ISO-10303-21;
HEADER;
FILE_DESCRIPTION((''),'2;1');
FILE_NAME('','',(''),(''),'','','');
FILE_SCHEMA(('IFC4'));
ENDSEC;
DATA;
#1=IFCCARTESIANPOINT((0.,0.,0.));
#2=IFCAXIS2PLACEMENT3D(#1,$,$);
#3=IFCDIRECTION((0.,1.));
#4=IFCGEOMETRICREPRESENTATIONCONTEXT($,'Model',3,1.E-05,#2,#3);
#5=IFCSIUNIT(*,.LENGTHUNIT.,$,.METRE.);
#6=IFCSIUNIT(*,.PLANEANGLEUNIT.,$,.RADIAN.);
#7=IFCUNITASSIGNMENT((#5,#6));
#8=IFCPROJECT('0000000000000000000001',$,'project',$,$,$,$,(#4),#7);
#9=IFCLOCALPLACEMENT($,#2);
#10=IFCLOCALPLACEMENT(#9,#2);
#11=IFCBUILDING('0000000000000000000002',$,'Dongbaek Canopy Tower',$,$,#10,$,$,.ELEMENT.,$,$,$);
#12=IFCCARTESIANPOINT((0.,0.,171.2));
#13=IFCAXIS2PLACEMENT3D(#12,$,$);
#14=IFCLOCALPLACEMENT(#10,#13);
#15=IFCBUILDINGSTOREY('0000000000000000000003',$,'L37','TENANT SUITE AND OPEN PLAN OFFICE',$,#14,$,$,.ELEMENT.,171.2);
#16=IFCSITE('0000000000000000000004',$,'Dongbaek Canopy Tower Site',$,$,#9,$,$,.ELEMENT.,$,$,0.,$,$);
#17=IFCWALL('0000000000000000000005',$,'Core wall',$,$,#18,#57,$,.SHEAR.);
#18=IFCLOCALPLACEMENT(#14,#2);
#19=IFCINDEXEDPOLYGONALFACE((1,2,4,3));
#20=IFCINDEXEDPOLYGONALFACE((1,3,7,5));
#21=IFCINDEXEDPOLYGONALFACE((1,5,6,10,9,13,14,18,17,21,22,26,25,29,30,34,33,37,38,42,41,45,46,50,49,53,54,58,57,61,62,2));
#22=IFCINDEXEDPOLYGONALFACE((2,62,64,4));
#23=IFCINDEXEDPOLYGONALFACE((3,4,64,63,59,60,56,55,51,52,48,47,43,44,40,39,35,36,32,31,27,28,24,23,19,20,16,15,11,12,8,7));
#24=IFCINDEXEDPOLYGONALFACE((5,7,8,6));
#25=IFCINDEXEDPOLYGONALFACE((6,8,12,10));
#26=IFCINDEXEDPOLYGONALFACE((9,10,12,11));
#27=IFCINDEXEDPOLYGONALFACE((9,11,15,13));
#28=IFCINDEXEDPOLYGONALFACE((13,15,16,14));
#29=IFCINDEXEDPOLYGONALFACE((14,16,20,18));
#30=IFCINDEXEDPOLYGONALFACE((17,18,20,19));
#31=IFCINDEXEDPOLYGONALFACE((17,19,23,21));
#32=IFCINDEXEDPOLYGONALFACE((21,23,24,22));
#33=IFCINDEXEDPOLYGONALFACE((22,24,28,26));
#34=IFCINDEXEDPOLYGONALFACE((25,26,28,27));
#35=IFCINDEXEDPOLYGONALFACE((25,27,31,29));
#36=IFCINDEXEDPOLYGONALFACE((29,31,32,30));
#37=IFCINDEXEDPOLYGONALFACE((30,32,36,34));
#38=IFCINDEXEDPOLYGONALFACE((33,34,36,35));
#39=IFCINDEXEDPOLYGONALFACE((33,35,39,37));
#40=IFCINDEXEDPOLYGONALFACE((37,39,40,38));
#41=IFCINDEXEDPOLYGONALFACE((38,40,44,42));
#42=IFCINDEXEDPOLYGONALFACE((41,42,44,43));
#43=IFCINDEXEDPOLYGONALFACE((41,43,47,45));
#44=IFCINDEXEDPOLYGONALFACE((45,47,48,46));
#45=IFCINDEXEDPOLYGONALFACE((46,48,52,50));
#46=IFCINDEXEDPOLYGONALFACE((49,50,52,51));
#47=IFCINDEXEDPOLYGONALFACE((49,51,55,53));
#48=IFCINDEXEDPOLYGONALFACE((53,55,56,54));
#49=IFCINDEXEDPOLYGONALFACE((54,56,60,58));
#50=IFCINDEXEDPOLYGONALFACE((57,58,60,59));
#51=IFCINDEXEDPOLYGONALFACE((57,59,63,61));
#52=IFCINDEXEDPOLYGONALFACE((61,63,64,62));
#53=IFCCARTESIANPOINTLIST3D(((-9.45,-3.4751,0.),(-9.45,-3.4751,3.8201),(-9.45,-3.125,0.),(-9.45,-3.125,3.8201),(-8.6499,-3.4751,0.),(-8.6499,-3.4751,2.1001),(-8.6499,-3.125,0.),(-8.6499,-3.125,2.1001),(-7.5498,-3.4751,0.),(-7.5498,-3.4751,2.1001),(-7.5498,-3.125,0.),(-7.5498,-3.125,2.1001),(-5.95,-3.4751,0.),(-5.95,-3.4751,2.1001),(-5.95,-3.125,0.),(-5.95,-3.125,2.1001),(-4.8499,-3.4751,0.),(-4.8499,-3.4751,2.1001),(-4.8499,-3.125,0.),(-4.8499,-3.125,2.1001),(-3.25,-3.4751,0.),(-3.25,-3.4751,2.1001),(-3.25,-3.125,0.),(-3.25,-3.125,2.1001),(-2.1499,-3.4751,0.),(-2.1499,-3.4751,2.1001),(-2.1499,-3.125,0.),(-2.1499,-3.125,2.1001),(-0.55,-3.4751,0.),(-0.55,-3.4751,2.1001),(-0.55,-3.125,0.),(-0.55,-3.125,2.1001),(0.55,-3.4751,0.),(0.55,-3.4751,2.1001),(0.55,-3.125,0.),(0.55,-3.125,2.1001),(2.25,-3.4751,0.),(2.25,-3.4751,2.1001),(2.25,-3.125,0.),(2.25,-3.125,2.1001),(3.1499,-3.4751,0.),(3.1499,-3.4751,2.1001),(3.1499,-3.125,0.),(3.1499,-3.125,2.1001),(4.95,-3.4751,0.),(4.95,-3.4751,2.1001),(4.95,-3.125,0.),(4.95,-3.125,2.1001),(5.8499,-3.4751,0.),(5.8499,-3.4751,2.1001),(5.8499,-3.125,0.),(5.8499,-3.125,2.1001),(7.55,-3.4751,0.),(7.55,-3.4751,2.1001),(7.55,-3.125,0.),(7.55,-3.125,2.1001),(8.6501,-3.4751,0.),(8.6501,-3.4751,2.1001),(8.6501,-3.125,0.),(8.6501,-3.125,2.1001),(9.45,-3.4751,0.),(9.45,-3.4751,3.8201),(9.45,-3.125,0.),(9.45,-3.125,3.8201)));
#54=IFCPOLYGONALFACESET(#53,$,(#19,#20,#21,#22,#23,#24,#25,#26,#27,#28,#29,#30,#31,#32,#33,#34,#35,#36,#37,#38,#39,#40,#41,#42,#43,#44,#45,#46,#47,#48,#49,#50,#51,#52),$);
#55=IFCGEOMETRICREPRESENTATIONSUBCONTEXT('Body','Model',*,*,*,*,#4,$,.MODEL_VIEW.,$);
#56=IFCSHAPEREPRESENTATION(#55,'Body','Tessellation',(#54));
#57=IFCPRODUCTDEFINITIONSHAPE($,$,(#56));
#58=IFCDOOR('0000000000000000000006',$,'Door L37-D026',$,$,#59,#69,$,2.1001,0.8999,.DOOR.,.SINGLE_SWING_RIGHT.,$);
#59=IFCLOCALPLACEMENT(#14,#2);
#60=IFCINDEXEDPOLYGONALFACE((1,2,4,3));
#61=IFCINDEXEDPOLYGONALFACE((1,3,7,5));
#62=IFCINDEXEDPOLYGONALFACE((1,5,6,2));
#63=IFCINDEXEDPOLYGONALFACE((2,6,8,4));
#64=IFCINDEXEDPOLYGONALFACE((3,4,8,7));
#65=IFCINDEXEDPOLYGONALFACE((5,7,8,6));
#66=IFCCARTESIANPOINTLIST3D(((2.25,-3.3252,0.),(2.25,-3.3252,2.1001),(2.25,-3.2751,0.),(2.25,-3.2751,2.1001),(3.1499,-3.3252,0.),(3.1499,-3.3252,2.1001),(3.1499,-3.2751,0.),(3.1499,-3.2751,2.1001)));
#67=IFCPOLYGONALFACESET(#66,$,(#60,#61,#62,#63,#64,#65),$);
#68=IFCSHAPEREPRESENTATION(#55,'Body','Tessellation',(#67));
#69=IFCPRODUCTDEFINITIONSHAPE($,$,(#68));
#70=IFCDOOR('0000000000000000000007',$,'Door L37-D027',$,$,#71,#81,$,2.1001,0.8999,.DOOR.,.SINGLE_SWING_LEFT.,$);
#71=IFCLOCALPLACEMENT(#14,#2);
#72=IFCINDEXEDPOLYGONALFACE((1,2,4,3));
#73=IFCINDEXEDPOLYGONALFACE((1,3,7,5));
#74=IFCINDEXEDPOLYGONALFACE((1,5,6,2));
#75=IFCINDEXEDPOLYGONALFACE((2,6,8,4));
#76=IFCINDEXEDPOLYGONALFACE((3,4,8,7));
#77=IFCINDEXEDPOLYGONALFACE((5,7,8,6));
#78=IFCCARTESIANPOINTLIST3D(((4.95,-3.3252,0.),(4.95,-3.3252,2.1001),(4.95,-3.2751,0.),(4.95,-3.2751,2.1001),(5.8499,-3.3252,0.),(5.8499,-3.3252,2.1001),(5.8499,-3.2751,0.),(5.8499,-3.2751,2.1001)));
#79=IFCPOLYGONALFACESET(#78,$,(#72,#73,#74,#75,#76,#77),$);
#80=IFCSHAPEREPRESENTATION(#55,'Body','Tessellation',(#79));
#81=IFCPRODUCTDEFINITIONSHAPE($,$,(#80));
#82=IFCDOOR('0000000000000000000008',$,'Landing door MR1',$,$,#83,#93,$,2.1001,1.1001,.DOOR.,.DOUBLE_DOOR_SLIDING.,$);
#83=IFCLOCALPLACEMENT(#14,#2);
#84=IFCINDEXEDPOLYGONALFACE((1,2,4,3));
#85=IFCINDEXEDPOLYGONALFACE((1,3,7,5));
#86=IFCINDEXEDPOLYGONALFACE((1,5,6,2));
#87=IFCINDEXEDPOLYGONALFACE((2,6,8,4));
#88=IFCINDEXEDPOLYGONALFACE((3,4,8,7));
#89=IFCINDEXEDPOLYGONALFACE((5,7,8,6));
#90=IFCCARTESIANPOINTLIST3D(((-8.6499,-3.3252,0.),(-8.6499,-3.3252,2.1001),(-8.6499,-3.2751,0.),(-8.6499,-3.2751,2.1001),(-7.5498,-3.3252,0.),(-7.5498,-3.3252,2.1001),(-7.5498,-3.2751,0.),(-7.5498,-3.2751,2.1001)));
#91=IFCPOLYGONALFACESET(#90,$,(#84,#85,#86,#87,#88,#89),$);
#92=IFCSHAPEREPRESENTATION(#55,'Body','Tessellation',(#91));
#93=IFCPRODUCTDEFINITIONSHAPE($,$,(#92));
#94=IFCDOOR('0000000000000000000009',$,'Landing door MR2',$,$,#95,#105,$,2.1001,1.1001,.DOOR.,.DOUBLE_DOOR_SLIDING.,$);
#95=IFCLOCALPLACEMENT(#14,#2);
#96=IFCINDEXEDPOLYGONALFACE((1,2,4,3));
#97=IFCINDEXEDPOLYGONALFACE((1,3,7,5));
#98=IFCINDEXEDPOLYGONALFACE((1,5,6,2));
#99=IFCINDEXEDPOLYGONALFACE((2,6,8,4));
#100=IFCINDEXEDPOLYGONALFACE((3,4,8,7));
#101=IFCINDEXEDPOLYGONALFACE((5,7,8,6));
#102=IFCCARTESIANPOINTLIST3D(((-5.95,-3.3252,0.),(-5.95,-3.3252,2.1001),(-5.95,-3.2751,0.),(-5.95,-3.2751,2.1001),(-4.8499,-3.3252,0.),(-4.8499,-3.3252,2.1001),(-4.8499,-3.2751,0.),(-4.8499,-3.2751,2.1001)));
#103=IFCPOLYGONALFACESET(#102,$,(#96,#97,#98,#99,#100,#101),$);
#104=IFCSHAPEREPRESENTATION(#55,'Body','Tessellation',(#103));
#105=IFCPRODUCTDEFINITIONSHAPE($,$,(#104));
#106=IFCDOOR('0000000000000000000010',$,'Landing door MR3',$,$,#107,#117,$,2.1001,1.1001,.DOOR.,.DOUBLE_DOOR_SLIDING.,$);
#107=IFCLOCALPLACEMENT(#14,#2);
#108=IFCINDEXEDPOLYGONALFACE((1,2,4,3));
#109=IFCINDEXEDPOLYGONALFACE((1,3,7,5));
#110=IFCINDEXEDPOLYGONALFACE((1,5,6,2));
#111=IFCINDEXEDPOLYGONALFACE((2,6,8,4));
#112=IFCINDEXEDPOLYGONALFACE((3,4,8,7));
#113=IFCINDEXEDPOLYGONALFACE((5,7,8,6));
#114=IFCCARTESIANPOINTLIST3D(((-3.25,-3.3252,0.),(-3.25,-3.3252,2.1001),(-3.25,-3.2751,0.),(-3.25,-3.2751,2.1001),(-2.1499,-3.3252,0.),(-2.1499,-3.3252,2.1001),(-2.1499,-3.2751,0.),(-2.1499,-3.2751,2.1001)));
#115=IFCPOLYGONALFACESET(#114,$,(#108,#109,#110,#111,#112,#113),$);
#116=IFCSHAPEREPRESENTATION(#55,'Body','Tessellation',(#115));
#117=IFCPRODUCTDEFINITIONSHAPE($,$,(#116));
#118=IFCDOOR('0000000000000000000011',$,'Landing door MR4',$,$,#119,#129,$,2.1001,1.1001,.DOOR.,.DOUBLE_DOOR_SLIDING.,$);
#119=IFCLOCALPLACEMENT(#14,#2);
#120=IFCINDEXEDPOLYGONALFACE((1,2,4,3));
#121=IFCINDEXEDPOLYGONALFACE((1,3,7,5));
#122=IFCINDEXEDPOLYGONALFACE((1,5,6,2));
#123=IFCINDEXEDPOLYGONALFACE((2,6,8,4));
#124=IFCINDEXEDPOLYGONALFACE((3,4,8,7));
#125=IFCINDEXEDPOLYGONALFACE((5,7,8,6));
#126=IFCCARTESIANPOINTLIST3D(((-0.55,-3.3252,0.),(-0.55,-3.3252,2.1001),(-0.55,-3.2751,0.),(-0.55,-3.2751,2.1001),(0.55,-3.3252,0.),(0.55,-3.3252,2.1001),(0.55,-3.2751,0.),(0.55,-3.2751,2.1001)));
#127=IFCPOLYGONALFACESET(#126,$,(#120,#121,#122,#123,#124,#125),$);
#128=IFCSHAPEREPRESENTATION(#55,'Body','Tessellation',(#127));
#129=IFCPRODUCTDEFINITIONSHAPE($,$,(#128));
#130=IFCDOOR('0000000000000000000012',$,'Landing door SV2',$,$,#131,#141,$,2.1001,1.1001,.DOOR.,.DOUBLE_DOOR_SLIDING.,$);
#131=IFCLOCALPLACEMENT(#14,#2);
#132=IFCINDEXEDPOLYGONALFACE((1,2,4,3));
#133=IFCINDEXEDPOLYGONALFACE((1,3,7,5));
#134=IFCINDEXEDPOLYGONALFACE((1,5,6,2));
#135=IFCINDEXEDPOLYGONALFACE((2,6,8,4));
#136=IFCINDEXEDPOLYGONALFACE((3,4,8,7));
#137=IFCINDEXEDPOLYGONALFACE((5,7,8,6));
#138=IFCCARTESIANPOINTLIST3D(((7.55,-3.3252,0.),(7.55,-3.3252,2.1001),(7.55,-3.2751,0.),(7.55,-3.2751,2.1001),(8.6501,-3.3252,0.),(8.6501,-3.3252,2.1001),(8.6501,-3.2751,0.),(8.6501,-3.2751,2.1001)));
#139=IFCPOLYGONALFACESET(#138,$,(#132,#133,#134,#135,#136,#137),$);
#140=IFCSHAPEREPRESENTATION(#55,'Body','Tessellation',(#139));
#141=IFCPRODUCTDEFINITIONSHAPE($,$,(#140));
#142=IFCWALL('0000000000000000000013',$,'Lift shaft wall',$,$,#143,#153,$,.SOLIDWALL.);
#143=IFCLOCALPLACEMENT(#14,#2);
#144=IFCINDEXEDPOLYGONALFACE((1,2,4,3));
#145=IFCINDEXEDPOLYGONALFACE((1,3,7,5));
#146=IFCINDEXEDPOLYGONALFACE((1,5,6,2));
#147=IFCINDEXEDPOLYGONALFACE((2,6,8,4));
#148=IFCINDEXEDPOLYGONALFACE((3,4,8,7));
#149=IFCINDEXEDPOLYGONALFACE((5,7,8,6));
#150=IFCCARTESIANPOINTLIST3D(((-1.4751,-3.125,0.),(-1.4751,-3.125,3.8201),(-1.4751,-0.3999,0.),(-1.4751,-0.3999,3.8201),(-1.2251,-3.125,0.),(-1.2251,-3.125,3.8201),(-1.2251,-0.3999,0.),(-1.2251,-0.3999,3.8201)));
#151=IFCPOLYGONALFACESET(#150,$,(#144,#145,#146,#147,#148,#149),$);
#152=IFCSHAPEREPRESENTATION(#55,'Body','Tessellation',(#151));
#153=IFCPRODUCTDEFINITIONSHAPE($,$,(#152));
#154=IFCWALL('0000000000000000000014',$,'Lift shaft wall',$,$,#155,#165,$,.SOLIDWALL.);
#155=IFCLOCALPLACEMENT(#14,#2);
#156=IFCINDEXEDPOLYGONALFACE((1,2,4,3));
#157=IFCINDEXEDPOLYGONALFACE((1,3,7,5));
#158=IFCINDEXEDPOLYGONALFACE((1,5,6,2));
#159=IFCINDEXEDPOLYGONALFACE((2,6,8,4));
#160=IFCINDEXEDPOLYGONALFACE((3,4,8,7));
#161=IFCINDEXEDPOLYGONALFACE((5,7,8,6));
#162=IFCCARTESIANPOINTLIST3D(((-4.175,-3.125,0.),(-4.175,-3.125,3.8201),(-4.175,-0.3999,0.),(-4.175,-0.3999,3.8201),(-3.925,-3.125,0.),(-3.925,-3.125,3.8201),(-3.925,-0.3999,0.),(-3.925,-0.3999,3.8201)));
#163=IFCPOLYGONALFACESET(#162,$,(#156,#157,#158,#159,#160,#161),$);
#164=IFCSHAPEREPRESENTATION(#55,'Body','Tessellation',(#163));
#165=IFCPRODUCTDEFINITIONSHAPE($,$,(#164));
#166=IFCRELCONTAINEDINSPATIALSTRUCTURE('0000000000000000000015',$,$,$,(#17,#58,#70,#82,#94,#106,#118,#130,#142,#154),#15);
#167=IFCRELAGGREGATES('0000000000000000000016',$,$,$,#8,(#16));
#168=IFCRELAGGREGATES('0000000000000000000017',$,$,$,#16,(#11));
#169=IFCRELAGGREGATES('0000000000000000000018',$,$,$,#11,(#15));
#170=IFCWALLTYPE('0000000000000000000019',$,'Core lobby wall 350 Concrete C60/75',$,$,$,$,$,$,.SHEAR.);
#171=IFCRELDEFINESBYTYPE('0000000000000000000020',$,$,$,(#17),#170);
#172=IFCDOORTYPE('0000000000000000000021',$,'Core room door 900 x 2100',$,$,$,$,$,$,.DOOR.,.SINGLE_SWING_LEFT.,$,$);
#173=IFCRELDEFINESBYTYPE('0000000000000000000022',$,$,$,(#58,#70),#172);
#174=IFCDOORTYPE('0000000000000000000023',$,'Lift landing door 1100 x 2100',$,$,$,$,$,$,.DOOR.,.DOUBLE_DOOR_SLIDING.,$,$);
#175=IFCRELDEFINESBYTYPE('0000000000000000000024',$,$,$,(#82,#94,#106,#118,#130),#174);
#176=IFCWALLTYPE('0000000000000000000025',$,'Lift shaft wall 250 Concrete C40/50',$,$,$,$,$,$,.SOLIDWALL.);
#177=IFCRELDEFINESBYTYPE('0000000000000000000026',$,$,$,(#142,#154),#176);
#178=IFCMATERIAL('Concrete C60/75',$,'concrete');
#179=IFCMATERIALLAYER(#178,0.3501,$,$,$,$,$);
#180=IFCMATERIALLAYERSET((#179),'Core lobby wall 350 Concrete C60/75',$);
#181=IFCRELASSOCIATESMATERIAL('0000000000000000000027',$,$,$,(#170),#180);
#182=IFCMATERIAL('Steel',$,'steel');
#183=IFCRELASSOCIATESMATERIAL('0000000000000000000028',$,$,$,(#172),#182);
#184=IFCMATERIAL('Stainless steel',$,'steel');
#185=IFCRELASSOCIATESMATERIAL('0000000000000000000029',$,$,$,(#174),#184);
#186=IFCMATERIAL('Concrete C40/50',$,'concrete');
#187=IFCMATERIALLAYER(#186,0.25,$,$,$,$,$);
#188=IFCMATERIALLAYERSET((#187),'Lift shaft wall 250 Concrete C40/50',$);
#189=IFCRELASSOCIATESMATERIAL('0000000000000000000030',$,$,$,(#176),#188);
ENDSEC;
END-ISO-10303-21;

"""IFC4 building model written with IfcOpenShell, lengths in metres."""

from ifc_helpers import new_model, si_unit, direction, frame, frame_2d, origin, place, context, subcontext, project, spatial, rectangle, extrude, material, layer, layer_set, type_object, element, fill, save


model = new_model("IFC4")

# Units and contexts
model_context = context("Model", 3, precision=1e-05, world=origin(), true_north=direction((0.0, 1.0)))
body_context = subcontext(model_context, "Body", "Model", "MODEL_VIEW")
ifc_project = project(units=[si_unit("LENGTHUNIT", "METRE"), si_unit("PLANEANGLEUNIT", "RADIAN")], contexts=[model_context])

# Site, building, storey
site_placement = place(None, origin())
site = spatial("IfcSite", under=ifc_project, at=site_placement, Name="Dongbaek Canopy Tower Site", CompositionType="ELEMENT", RefElevation=0.0)
building_placement = place(site_placement, origin())
building = spatial("IfcBuilding", under=site, at=building_placement, Name="Dongbaek Canopy Tower", CompositionType="ELEMENT")
storey_placement = place(building_placement, frame((0.0, 0.0, 171.2)))
storey = spatial("IfcBuildingStorey", under=building, at=storey_placement, Name="L37", Description="TENANT SUITE AND OPEN PLAN OFFICE", CompositionType="ELEMENT", Elevation=171.2)

# Wall, openings, doors
ifc_material_1 = material(Name="Concrete C60/75", Category="concrete")
ifc_layer_1 = layer(ifc_material_1, 0.3501)
ifc_layer_set_1 = layer_set([ifc_layer_1], Name="Core lobby wall 350 Concrete C60/75")
wall_type_1 = type_object("IfcWallType", Name="Core lobby wall 350 Concrete C60/75", PredefinedType="SHEAR", material=ifc_layer_set_1)
wall_1_placement = place(storey_placement, frame((-9.45, -3.3, 0.0), z_axis=(0.0, 0.0, 1.0), x_axis=(1.0, 0.0, 0.0)))
wall_1 = element("IfcWall", 1, at=wall_1_placement, inside=storey, type_object=wall_type_1, Name="Core wall", PredefinedType="SHEAR", context=body_context, shape_type="SweptSolid", body=[
    extrude(rectangle(XDim=18.8999, YDim=0.3501, at=frame_2d((9.45, 0.0))), origin(), (0.0, 0.0, 1.0), 3.8201),
])
opening_1_placement = place(wall_1_placement, frame((0.8, 0.0, 0.0)))
opening_1 = element("IfcOpeningElement", 2, at=opening_1_placement, cuts=wall_1, PredefinedType="OPENING", context=body_context, shape_type="SweptSolid", body=[
    extrude(rectangle(XDim=1.1001, YDim=2.1001, at=frame_2d((0.55, 1.05))), frame((0.0, 0.1851, 0.0), z_axis=(0.0, -1.0, 0.0), x_axis=(1.0, 0.0, 0.0)), (0.0, 0.0, 1.0), 0.3701),
])
opening_2_placement = place(wall_1_placement, frame((3.5, 0.0, 0.0)))
opening_2 = element("IfcOpeningElement", 3, at=opening_2_placement, cuts=wall_1, PredefinedType="OPENING", context=body_context, shape_type="SweptSolid", body=[
    extrude(rectangle(XDim=1.1001, YDim=2.1001, at=frame_2d((0.55, 1.05))), frame((0.0, 0.1851, 0.0), z_axis=(0.0, -1.0, 0.0), x_axis=(1.0, 0.0, 0.0)), (0.0, 0.0, 1.0), 0.3701),
])
opening_3_placement = place(wall_1_placement, frame((6.2, 0.0, 0.0)))
opening_3 = element("IfcOpeningElement", 4, at=opening_3_placement, cuts=wall_1, PredefinedType="OPENING", context=body_context, shape_type="SweptSolid", body=[
    extrude(rectangle(XDim=1.1001, YDim=2.1001, at=frame_2d((0.55, 1.05))), frame((0.0, 0.1851, 0.0), z_axis=(0.0, -1.0, 0.0), x_axis=(1.0, 0.0, 0.0)), (0.0, 0.0, 1.0), 0.3701),
])
opening_4_placement = place(wall_1_placement, frame((8.8999, 0.0, 0.0)))
opening_4 = element("IfcOpeningElement", 5, at=opening_4_placement, cuts=wall_1, PredefinedType="OPENING", context=body_context, shape_type="SweptSolid", body=[
    extrude(rectangle(XDim=1.1001, YDim=2.1001, at=frame_2d((0.55, 1.05))), frame((0.0, 0.1851, 0.0), z_axis=(0.0, -1.0, 0.0), x_axis=(1.0, 0.0, 0.0)), (0.0, 0.0, 1.0), 0.3701),
])
opening_5_placement = place(wall_1_placement, frame((17.0, 0.0, 0.0)))
opening_5 = element("IfcOpeningElement", 6, at=opening_5_placement, cuts=wall_1, PredefinedType="OPENING", context=body_context, shape_type="SweptSolid", body=[
    extrude(rectangle(XDim=1.1001, YDim=2.1001, at=frame_2d((0.55, 1.05))), frame((0.0, 0.1851, 0.0), z_axis=(0.0, -1.0, 0.0), x_axis=(1.0, 0.0, 0.0)), (0.0, 0.0, 1.0), 0.3701),
])
opening_6_placement = place(wall_1_placement, frame((11.7, 0.0, 0.0)))
opening_6 = element("IfcOpeningElement", 7, at=opening_6_placement, cuts=wall_1, PredefinedType="OPENING", context=body_context, shape_type="SweptSolid", body=[
    extrude(rectangle(XDim=0.8999, YDim=2.1001, at=frame_2d((0.45, 1.05))), frame((0.0, 0.1851, 0.0), z_axis=(0.0, -1.0, 0.0), x_axis=(1.0, 0.0, 0.0)), (0.0, 0.0, 1.0), 0.3701),
])
opening_7_placement = place(wall_1_placement, frame((14.3999, 0.0, 0.0)))
opening_7 = element("IfcOpeningElement", 8, at=opening_7_placement, cuts=wall_1, PredefinedType="OPENING", context=body_context, shape_type="SweptSolid", body=[
    extrude(rectangle(XDim=0.8999, YDim=2.1001, at=frame_2d((0.45, 1.05))), frame((0.0, 0.1851, 0.0), z_axis=(0.0, -1.0, 0.0), x_axis=(1.0, 0.0, 0.0)), (0.0, 0.0, 1.0), 0.3701),
])
ifc_material_2 = material(Name="Steel", Category="steel")
door_type_1 = type_object("IfcDoorType", Name="Core room door 900 x 2100", OperationType="SINGLE_SWING_LEFT", PredefinedType="DOOR", material=ifc_material_2)
door_1_placement = place(opening_6_placement, origin())
door_1 = element("IfcDoor", 9, at=door_1_placement, inside=storey, type_object=door_type_1, Name="Door L37-D026", OperationType="SINGLE_SWING_RIGHT", OverallHeight=2.1001, OverallWidth=0.8999, PredefinedType="DOOR", context=body_context, shape_type="SweptSolid", body=[
    extrude(rectangle(XDim=0.8999, YDim=2.1001, at=frame_2d((0.45, 1.05))), frame((0.0, 0.0249, 0.0), z_axis=(0.0, -1.0, 0.0), x_axis=(1.0, 0.0, 0.0)), (0.0, 0.0, 1.0), 0.05),
])
fill(opening_6, door_1)
door_2_placement = place(opening_7_placement, origin())
door_2 = element("IfcDoor", 10, at=door_2_placement, inside=storey, type_object=door_type_1, Name="Door L37-D027", OperationType="SINGLE_SWING_LEFT", OverallHeight=2.1001, OverallWidth=0.8999, PredefinedType="DOOR", context=body_context, shape_type="SweptSolid", body=[
    extrude(rectangle(XDim=0.8999, YDim=2.1001, at=frame_2d((0.45, 1.05))), frame((0.0, 0.0249, 0.0), z_axis=(0.0, -1.0, 0.0), x_axis=(1.0, 0.0, 0.0)), (0.0, 0.0, 1.0), 0.05),
])
fill(opening_7, door_2)
ifc_material_3 = material(Name="Stainless steel", Category="steel")
door_type_2 = type_object("IfcDoorType", Name="Lift landing door 1100 x 2100", OperationType="DOUBLE_DOOR_SLIDING", PredefinedType="DOOR", material=ifc_material_3)
door_3_placement = place(opening_1_placement, origin())
door_3 = element("IfcDoor", 11, at=door_3_placement, inside=storey, type_object=door_type_2, Name="Landing door MR1", OperationType="DOUBLE_DOOR_SLIDING", OverallHeight=2.1001, OverallWidth=1.1001, PredefinedType="DOOR", context=body_context, shape_type="SweptSolid", body=[
    extrude(rectangle(XDim=1.1001, YDim=2.1001, at=frame_2d((0.55, 1.05))), frame((0.0, 0.0249, 0.0), z_axis=(0.0, -1.0, 0.0), x_axis=(1.0, 0.0, 0.0)), (0.0, 0.0, 1.0), 0.05),
])
fill(opening_1, door_3)
door_4_placement = place(opening_2_placement, origin())
door_4 = element("IfcDoor", 12, at=door_4_placement, inside=storey, type_object=door_type_2, Name="Landing door MR2", OperationType="DOUBLE_DOOR_SLIDING", OverallHeight=2.1001, OverallWidth=1.1001, PredefinedType="DOOR", context=body_context, shape_type="SweptSolid", body=[
    extrude(rectangle(XDim=1.1001, YDim=2.1001, at=frame_2d((0.55, 1.05))), frame((0.0, 0.0249, 0.0), z_axis=(0.0, -1.0, 0.0), x_axis=(1.0, 0.0, 0.0)), (0.0, 0.0, 1.0), 0.05),
])
fill(opening_2, door_4)
door_5_placement = place(opening_3_placement, origin())
door_5 = element("IfcDoor", 13, at=door_5_placement, inside=storey, type_object=door_type_2, Name="Landing door MR3", OperationType="DOUBLE_DOOR_SLIDING", OverallHeight=2.1001, OverallWidth=1.1001, PredefinedType="DOOR", context=body_context, shape_type="SweptSolid", body=[
    extrude(rectangle(XDim=1.1001, YDim=2.1001, at=frame_2d((0.55, 1.05))), frame((0.0, 0.0249, 0.0), z_axis=(0.0, -1.0, 0.0), x_axis=(1.0, 0.0, 0.0)), (0.0, 0.0, 1.0), 0.05),
])
fill(opening_3, door_5)
door_6_placement = place(opening_4_placement, origin())
door_6 = element("IfcDoor", 14, at=door_6_placement, inside=storey, type_object=door_type_2, Name="Landing door MR4", OperationType="DOUBLE_DOOR_SLIDING", OverallHeight=2.1001, OverallWidth=1.1001, PredefinedType="DOOR", context=body_context, shape_type="SweptSolid", body=[
    extrude(rectangle(XDim=1.1001, YDim=2.1001, at=frame_2d((0.55, 1.05))), frame((0.0, 0.0249, 0.0), z_axis=(0.0, -1.0, 0.0), x_axis=(1.0, 0.0, 0.0)), (0.0, 0.0, 1.0), 0.05),
])
fill(opening_4, door_6)
door_7_placement = place(opening_5_placement, origin())
door_7 = element("IfcDoor", 15, at=door_7_placement, inside=storey, type_object=door_type_2, Name="Landing door SV2", OperationType="DOUBLE_DOOR_SLIDING", OverallHeight=2.1001, OverallWidth=1.1001, PredefinedType="DOOR", context=body_context, shape_type="SweptSolid", body=[
    extrude(rectangle(XDim=1.1001, YDim=2.1001, at=frame_2d((0.55, 1.05))), frame((0.0, 0.0249, 0.0), z_axis=(0.0, -1.0, 0.0), x_axis=(1.0, 0.0, 0.0)), (0.0, 0.0, 1.0), 0.05),
])
fill(opening_5, door_7)

# Walls
ifc_material_4 = material(Name="Concrete C40/50", Category="concrete")
ifc_layer_2 = layer(ifc_material_4, 0.25)
ifc_layer_set_2 = layer_set([ifc_layer_2], Name="Lift shaft wall 250 Concrete C40/50")
wall_type_2 = type_object("IfcWallType", Name="Lift shaft wall 250 Concrete C40/50", PredefinedType="SOLIDWALL", material=ifc_layer_set_2)
for number, where, z_axis, x_axis, name in (
    (16, (-1.3501, -3.125, 0.0), (0.0, 0.0, 1.0), (0.0, 1.0, 0.0), "Lift shaft wall"),
    (17, (-4.05, -3.125, 0.0), (0.0, 0.0, 1.0), (0.0, 1.0, 0.0), "Lift shaft wall"),
):
    element("IfcWall", number, at=place(storey_placement, frame(where, z_axis=z_axis, x_axis=x_axis)), inside=storey, type_object=wall_type_2, Name=name, PredefinedType="SOLIDWALL", context=body_context, shape_type="SweptSolid", body=[
        extrude(rectangle(XDim=2.7251, YDim=0.25, at=frame_2d((1.3625, 0.0))), origin(), (0.0, 0.0, 1.0), 3.8201),
    ])

save(model, "model.ifc")
